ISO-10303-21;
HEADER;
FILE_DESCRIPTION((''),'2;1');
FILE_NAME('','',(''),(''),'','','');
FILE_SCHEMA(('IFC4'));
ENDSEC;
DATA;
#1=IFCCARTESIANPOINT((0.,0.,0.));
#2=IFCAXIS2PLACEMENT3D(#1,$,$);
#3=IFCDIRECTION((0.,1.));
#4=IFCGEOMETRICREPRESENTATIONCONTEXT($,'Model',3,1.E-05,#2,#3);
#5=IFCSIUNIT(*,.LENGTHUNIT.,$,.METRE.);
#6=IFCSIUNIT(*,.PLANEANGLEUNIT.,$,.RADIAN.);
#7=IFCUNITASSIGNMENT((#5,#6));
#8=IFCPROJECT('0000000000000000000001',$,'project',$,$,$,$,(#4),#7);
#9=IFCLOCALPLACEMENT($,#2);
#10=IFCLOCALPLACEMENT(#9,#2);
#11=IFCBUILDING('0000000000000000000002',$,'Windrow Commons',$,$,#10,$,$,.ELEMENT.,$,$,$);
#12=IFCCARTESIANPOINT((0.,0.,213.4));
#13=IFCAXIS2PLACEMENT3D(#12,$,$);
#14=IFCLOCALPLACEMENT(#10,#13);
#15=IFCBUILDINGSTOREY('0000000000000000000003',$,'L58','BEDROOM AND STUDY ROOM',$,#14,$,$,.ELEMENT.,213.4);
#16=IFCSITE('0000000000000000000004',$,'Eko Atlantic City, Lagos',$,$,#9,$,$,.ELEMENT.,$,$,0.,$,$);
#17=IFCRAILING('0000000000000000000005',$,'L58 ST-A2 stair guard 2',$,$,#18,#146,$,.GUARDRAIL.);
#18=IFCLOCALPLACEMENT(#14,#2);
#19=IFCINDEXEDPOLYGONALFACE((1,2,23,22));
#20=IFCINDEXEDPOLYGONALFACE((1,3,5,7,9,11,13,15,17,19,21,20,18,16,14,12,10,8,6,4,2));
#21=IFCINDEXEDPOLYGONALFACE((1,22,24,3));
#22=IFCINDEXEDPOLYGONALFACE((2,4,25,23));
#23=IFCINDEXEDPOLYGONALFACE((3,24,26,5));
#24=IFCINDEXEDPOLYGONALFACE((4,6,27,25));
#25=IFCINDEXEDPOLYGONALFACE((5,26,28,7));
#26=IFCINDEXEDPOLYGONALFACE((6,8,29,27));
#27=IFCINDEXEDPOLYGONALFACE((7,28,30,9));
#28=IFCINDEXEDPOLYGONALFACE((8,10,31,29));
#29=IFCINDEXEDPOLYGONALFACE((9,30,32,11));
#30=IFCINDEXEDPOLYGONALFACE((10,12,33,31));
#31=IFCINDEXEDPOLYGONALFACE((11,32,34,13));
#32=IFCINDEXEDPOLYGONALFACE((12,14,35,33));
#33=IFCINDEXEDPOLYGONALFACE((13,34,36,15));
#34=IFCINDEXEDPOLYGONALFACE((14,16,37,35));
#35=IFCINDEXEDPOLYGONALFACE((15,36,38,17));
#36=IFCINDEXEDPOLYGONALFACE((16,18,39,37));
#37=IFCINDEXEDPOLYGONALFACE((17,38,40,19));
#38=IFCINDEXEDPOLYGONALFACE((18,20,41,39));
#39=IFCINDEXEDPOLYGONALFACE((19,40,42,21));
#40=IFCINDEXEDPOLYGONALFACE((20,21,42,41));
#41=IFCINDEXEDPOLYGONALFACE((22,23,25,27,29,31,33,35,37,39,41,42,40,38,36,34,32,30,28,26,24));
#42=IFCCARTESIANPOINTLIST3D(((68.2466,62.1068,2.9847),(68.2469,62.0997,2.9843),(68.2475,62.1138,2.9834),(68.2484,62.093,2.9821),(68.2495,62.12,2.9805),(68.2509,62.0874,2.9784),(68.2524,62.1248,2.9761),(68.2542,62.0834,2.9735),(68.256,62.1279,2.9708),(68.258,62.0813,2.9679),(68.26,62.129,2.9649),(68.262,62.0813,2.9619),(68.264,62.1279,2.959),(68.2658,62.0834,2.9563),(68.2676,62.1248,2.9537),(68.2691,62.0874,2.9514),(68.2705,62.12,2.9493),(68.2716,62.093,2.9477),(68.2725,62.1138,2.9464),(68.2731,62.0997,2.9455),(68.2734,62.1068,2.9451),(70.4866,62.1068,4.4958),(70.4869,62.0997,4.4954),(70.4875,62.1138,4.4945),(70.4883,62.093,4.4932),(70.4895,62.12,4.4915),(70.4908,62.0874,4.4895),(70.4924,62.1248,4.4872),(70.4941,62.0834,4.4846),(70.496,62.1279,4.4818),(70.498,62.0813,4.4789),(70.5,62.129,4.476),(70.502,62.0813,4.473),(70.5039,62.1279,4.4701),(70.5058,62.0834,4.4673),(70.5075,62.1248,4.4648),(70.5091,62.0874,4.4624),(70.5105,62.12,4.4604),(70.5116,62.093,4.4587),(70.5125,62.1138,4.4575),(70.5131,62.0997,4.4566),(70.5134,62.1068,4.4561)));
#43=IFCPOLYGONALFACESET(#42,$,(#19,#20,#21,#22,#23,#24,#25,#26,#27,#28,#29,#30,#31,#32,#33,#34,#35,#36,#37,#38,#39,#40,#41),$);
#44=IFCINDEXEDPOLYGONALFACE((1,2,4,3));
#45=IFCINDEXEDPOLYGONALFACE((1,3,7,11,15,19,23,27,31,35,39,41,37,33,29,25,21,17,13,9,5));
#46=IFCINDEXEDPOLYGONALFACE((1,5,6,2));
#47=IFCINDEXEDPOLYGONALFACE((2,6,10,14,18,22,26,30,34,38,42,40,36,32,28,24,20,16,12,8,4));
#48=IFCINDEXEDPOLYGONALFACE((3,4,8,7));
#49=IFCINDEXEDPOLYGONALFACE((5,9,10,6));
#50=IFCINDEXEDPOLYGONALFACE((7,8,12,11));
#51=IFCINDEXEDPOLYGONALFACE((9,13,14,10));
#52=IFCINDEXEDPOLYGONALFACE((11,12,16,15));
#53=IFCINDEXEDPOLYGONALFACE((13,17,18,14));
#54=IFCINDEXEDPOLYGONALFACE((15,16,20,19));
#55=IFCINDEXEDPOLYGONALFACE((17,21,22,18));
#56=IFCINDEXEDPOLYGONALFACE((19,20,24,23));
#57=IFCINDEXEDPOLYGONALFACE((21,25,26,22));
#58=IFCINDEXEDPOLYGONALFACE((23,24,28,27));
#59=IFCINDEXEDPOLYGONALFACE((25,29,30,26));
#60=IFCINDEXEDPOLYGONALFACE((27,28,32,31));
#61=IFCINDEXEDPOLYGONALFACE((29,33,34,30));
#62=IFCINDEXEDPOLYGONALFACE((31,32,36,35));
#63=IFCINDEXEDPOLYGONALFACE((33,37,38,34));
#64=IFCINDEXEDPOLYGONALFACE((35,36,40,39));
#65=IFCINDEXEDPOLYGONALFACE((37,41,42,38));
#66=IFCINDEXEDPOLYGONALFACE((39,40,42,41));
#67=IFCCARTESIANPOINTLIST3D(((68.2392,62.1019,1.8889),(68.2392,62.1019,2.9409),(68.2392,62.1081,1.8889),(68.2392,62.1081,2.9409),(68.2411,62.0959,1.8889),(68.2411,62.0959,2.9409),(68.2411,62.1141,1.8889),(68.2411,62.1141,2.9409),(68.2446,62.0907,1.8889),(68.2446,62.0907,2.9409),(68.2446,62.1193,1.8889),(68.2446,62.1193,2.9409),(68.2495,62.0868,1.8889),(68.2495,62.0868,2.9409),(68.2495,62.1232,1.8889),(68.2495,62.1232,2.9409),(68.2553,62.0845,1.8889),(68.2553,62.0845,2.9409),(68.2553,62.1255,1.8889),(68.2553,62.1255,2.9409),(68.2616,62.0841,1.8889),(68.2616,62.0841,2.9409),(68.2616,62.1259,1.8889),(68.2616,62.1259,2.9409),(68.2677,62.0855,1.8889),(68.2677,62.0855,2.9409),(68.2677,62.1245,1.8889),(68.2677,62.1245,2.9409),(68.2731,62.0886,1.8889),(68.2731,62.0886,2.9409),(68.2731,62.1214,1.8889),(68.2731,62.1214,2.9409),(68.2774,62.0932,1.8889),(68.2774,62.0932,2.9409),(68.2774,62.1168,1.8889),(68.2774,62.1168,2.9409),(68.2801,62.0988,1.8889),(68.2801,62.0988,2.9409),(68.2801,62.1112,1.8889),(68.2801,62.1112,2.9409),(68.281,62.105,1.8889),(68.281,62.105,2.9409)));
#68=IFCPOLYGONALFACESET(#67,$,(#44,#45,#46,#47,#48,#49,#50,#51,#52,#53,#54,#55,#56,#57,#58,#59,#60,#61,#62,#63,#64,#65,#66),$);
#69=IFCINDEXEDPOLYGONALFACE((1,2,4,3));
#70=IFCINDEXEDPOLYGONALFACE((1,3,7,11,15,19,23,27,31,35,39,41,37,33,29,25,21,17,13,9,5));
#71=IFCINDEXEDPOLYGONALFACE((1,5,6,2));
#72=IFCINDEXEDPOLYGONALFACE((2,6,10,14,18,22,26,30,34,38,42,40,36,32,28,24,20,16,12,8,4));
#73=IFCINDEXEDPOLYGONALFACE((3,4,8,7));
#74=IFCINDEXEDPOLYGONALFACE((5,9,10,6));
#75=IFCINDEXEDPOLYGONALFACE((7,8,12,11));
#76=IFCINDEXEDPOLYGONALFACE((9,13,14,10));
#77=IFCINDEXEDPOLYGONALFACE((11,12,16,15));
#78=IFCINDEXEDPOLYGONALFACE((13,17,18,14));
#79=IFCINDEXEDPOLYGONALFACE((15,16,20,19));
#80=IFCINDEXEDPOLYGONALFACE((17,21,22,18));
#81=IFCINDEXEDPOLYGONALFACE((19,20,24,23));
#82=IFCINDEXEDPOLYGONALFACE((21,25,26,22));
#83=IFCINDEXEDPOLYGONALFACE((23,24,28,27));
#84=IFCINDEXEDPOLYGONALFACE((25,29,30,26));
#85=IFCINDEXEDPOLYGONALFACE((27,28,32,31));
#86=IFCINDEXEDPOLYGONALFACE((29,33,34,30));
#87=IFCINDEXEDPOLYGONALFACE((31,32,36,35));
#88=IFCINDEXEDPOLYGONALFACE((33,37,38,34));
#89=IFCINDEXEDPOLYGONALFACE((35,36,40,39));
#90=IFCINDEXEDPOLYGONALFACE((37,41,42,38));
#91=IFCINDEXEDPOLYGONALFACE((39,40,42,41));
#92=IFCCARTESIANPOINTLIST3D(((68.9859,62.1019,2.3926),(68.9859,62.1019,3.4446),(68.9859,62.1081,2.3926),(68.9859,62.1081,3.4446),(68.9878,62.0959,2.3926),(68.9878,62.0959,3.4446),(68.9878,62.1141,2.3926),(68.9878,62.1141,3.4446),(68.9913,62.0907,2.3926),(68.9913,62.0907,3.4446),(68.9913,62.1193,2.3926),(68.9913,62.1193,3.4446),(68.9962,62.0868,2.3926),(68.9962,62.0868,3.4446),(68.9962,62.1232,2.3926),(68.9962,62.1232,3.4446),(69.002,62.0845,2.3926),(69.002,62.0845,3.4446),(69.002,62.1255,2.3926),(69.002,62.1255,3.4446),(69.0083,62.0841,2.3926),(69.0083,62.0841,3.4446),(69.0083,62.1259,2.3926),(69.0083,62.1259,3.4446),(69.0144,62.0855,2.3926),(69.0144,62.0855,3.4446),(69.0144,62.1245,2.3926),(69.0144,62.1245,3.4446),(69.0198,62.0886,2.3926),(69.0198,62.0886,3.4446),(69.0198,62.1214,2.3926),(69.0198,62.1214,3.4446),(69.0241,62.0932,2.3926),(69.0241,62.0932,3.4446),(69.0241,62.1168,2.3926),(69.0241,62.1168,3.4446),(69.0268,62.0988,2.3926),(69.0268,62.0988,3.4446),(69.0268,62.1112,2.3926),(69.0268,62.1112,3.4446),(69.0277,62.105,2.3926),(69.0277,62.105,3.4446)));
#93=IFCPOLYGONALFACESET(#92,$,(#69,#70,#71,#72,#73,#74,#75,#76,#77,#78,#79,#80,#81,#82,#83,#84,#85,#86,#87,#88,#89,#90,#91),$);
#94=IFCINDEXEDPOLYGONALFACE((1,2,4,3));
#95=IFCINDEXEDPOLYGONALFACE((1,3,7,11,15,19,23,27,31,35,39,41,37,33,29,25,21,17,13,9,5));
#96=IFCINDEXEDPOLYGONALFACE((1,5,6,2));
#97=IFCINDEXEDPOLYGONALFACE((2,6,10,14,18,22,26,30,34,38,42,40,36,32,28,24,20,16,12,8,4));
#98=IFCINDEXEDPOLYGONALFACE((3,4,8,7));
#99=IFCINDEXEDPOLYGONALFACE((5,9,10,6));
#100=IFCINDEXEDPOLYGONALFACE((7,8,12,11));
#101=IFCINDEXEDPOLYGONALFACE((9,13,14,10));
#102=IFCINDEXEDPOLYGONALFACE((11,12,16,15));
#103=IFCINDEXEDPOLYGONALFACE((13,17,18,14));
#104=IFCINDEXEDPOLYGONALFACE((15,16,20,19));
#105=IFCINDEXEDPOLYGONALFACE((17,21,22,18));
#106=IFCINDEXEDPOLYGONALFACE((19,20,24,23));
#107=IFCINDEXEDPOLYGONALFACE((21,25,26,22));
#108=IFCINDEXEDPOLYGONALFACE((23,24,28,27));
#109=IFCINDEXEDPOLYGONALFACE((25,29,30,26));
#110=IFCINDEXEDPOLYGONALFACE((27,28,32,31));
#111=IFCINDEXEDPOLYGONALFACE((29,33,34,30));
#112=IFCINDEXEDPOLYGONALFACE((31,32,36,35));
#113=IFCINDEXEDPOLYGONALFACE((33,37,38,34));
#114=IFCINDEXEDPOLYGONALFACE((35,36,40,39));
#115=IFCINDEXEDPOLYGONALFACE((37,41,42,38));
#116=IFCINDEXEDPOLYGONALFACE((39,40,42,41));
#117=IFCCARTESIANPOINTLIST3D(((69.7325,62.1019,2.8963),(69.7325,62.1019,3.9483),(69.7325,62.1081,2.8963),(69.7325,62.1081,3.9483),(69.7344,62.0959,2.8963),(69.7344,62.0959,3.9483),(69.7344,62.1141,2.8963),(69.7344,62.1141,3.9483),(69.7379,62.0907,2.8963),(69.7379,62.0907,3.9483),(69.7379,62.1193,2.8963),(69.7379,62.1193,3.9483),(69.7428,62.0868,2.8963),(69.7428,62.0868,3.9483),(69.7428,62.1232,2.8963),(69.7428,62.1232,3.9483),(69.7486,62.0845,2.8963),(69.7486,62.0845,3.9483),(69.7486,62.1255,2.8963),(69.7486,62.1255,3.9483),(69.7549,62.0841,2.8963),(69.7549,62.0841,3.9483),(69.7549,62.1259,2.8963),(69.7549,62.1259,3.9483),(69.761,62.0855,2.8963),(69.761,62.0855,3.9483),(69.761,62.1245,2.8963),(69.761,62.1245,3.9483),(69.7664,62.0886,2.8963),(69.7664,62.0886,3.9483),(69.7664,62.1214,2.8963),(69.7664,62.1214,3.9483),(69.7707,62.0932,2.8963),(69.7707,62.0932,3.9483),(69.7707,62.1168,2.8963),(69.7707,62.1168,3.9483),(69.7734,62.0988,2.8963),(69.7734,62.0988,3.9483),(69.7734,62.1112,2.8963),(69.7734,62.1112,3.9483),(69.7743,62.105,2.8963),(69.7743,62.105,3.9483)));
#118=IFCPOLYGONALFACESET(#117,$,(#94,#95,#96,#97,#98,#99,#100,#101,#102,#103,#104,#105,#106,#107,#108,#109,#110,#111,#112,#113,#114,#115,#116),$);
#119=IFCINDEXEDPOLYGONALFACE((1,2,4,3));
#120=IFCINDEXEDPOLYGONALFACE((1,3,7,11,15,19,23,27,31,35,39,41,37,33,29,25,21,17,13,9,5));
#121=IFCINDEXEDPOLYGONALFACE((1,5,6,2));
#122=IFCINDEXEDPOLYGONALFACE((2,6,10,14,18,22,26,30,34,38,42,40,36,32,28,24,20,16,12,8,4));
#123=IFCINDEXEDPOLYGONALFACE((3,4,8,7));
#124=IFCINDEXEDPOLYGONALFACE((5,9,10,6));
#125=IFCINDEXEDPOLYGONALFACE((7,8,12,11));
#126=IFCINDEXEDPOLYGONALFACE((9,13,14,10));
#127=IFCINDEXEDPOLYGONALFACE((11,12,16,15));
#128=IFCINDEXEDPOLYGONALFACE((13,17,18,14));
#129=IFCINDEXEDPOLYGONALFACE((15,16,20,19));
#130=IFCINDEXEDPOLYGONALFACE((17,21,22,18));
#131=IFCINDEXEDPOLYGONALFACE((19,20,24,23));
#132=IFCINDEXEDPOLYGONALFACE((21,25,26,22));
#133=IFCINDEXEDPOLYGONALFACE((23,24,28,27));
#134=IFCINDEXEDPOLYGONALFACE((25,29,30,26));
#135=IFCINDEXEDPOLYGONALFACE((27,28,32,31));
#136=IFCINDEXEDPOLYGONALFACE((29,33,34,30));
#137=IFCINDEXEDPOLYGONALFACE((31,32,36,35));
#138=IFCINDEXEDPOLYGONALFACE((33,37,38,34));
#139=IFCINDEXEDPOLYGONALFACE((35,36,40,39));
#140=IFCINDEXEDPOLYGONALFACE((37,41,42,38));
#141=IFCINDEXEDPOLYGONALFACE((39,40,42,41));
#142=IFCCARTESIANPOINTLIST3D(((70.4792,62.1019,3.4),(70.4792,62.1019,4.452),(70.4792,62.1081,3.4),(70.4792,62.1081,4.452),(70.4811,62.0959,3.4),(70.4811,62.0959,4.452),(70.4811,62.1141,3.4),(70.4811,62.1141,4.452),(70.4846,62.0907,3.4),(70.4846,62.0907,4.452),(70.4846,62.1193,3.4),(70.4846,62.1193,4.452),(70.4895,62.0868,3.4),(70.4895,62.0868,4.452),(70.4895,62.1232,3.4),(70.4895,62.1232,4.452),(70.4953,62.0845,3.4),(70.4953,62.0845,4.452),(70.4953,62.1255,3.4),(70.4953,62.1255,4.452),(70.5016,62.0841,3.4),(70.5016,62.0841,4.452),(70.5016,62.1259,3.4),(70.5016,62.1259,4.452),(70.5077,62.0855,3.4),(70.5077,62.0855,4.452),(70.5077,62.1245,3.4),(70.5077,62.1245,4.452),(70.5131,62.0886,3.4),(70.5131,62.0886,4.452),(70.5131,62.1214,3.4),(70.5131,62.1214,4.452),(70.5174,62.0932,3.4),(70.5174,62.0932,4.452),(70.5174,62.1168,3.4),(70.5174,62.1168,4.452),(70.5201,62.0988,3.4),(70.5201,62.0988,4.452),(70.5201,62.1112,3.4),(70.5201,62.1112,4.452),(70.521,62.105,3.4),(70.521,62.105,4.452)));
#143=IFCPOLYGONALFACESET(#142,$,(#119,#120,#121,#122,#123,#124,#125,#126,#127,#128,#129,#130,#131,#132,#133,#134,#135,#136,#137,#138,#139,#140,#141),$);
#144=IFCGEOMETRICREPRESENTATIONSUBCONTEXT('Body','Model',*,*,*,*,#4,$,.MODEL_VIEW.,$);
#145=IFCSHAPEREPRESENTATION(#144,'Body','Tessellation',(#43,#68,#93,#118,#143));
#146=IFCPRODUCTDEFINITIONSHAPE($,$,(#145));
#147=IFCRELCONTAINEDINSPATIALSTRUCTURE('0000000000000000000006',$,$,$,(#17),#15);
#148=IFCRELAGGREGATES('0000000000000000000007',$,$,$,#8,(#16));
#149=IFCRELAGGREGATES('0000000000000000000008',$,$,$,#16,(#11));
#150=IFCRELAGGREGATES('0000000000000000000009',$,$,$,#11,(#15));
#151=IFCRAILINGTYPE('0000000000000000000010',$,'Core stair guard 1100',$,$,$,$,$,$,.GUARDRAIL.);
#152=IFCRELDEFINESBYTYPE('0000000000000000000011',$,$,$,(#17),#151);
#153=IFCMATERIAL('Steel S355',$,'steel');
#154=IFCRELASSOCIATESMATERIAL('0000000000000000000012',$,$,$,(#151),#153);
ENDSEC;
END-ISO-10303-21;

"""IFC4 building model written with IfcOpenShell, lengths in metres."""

from ifc_helpers import new_model, si_unit, direction, frame, origin, origin_2d, place, context, subcontext, project, spatial, circle, extrude, material, type_object, element, save


model = new_model("IFC4")

# Units and contexts
model_context = context("Model", 3, precision=1e-05, world=origin(), true_north=direction((0.0, 1.0)))
body_context = subcontext(model_context, "Body", "Model", "MODEL_VIEW")
ifc_project = project(units=[si_unit("LENGTHUNIT", "METRE"), si_unit("PLANEANGLEUNIT", "RADIAN")], contexts=[model_context])

# Site, building, storey
site_placement = place(None, origin())
site = spatial("IfcSite", under=ifc_project, at=site_placement, Name="Eko Atlantic City, Lagos", CompositionType="ELEMENT", RefElevation=0.0)
building_placement = place(site_placement, origin())
building = spatial("IfcBuilding", under=site, at=building_placement, Name="Windrow Commons", CompositionType="ELEMENT")
storey_placement = place(building_placement, frame((0.0, 0.0, 213.4)))
storey = spatial("IfcBuildingStorey", under=building, at=storey_placement, Name="L58", Description="BEDROOM AND STUDY ROOM", CompositionType="ELEMENT", Elevation=213.4)

# Railing
ifc_material_1 = material(Name="Steel S355", Category="steel")
railing_type_1 = type_object("IfcRailingType", Name="Core stair guard 1100", PredefinedType="GUARDRAIL", material=ifc_material_1)
railing_1_placement = place(storey_placement, frame((68.26, 62.105, 1.8889)))
element("IfcRailing", 1, at=railing_1_placement, inside=storey, type_object=railing_type_1, Name="L58 ST-A2 stair guard 2", PredefinedType="GUARDRAIL", context=body_context, shape_type="SweptSolid", body=[
    extrude(circle(Radius=0.024, at=origin_2d()), frame((0.0, 0.0, 1.076), z_axis=(0.829003, 0.0, 0.559244), x_axis=(0.0, 1.0, 0.0)), (0.0, 0.0, 1.0), 2.702),
    extrude(circle(Radius=0.021, at=origin_2d()), origin(), (0.0, 0.0, 1.0), 1.052),
    extrude(circle(Radius=0.021, at=origin_2d()), frame((0.7467, 0.0, 0.5037)), (0.0, 0.0, 1.0), 1.052),
    extrude(circle(Radius=0.021, at=origin_2d()), frame((1.4933, 0.0, 1.0074)), (0.0, 0.0, 1.0), 1.052),
    extrude(circle(Radius=0.021, at=origin_2d()), frame((2.24, 0.0, 1.5111)), (0.0, 0.0, 1.0), 1.052),
])

save(model, "model.ifc")
